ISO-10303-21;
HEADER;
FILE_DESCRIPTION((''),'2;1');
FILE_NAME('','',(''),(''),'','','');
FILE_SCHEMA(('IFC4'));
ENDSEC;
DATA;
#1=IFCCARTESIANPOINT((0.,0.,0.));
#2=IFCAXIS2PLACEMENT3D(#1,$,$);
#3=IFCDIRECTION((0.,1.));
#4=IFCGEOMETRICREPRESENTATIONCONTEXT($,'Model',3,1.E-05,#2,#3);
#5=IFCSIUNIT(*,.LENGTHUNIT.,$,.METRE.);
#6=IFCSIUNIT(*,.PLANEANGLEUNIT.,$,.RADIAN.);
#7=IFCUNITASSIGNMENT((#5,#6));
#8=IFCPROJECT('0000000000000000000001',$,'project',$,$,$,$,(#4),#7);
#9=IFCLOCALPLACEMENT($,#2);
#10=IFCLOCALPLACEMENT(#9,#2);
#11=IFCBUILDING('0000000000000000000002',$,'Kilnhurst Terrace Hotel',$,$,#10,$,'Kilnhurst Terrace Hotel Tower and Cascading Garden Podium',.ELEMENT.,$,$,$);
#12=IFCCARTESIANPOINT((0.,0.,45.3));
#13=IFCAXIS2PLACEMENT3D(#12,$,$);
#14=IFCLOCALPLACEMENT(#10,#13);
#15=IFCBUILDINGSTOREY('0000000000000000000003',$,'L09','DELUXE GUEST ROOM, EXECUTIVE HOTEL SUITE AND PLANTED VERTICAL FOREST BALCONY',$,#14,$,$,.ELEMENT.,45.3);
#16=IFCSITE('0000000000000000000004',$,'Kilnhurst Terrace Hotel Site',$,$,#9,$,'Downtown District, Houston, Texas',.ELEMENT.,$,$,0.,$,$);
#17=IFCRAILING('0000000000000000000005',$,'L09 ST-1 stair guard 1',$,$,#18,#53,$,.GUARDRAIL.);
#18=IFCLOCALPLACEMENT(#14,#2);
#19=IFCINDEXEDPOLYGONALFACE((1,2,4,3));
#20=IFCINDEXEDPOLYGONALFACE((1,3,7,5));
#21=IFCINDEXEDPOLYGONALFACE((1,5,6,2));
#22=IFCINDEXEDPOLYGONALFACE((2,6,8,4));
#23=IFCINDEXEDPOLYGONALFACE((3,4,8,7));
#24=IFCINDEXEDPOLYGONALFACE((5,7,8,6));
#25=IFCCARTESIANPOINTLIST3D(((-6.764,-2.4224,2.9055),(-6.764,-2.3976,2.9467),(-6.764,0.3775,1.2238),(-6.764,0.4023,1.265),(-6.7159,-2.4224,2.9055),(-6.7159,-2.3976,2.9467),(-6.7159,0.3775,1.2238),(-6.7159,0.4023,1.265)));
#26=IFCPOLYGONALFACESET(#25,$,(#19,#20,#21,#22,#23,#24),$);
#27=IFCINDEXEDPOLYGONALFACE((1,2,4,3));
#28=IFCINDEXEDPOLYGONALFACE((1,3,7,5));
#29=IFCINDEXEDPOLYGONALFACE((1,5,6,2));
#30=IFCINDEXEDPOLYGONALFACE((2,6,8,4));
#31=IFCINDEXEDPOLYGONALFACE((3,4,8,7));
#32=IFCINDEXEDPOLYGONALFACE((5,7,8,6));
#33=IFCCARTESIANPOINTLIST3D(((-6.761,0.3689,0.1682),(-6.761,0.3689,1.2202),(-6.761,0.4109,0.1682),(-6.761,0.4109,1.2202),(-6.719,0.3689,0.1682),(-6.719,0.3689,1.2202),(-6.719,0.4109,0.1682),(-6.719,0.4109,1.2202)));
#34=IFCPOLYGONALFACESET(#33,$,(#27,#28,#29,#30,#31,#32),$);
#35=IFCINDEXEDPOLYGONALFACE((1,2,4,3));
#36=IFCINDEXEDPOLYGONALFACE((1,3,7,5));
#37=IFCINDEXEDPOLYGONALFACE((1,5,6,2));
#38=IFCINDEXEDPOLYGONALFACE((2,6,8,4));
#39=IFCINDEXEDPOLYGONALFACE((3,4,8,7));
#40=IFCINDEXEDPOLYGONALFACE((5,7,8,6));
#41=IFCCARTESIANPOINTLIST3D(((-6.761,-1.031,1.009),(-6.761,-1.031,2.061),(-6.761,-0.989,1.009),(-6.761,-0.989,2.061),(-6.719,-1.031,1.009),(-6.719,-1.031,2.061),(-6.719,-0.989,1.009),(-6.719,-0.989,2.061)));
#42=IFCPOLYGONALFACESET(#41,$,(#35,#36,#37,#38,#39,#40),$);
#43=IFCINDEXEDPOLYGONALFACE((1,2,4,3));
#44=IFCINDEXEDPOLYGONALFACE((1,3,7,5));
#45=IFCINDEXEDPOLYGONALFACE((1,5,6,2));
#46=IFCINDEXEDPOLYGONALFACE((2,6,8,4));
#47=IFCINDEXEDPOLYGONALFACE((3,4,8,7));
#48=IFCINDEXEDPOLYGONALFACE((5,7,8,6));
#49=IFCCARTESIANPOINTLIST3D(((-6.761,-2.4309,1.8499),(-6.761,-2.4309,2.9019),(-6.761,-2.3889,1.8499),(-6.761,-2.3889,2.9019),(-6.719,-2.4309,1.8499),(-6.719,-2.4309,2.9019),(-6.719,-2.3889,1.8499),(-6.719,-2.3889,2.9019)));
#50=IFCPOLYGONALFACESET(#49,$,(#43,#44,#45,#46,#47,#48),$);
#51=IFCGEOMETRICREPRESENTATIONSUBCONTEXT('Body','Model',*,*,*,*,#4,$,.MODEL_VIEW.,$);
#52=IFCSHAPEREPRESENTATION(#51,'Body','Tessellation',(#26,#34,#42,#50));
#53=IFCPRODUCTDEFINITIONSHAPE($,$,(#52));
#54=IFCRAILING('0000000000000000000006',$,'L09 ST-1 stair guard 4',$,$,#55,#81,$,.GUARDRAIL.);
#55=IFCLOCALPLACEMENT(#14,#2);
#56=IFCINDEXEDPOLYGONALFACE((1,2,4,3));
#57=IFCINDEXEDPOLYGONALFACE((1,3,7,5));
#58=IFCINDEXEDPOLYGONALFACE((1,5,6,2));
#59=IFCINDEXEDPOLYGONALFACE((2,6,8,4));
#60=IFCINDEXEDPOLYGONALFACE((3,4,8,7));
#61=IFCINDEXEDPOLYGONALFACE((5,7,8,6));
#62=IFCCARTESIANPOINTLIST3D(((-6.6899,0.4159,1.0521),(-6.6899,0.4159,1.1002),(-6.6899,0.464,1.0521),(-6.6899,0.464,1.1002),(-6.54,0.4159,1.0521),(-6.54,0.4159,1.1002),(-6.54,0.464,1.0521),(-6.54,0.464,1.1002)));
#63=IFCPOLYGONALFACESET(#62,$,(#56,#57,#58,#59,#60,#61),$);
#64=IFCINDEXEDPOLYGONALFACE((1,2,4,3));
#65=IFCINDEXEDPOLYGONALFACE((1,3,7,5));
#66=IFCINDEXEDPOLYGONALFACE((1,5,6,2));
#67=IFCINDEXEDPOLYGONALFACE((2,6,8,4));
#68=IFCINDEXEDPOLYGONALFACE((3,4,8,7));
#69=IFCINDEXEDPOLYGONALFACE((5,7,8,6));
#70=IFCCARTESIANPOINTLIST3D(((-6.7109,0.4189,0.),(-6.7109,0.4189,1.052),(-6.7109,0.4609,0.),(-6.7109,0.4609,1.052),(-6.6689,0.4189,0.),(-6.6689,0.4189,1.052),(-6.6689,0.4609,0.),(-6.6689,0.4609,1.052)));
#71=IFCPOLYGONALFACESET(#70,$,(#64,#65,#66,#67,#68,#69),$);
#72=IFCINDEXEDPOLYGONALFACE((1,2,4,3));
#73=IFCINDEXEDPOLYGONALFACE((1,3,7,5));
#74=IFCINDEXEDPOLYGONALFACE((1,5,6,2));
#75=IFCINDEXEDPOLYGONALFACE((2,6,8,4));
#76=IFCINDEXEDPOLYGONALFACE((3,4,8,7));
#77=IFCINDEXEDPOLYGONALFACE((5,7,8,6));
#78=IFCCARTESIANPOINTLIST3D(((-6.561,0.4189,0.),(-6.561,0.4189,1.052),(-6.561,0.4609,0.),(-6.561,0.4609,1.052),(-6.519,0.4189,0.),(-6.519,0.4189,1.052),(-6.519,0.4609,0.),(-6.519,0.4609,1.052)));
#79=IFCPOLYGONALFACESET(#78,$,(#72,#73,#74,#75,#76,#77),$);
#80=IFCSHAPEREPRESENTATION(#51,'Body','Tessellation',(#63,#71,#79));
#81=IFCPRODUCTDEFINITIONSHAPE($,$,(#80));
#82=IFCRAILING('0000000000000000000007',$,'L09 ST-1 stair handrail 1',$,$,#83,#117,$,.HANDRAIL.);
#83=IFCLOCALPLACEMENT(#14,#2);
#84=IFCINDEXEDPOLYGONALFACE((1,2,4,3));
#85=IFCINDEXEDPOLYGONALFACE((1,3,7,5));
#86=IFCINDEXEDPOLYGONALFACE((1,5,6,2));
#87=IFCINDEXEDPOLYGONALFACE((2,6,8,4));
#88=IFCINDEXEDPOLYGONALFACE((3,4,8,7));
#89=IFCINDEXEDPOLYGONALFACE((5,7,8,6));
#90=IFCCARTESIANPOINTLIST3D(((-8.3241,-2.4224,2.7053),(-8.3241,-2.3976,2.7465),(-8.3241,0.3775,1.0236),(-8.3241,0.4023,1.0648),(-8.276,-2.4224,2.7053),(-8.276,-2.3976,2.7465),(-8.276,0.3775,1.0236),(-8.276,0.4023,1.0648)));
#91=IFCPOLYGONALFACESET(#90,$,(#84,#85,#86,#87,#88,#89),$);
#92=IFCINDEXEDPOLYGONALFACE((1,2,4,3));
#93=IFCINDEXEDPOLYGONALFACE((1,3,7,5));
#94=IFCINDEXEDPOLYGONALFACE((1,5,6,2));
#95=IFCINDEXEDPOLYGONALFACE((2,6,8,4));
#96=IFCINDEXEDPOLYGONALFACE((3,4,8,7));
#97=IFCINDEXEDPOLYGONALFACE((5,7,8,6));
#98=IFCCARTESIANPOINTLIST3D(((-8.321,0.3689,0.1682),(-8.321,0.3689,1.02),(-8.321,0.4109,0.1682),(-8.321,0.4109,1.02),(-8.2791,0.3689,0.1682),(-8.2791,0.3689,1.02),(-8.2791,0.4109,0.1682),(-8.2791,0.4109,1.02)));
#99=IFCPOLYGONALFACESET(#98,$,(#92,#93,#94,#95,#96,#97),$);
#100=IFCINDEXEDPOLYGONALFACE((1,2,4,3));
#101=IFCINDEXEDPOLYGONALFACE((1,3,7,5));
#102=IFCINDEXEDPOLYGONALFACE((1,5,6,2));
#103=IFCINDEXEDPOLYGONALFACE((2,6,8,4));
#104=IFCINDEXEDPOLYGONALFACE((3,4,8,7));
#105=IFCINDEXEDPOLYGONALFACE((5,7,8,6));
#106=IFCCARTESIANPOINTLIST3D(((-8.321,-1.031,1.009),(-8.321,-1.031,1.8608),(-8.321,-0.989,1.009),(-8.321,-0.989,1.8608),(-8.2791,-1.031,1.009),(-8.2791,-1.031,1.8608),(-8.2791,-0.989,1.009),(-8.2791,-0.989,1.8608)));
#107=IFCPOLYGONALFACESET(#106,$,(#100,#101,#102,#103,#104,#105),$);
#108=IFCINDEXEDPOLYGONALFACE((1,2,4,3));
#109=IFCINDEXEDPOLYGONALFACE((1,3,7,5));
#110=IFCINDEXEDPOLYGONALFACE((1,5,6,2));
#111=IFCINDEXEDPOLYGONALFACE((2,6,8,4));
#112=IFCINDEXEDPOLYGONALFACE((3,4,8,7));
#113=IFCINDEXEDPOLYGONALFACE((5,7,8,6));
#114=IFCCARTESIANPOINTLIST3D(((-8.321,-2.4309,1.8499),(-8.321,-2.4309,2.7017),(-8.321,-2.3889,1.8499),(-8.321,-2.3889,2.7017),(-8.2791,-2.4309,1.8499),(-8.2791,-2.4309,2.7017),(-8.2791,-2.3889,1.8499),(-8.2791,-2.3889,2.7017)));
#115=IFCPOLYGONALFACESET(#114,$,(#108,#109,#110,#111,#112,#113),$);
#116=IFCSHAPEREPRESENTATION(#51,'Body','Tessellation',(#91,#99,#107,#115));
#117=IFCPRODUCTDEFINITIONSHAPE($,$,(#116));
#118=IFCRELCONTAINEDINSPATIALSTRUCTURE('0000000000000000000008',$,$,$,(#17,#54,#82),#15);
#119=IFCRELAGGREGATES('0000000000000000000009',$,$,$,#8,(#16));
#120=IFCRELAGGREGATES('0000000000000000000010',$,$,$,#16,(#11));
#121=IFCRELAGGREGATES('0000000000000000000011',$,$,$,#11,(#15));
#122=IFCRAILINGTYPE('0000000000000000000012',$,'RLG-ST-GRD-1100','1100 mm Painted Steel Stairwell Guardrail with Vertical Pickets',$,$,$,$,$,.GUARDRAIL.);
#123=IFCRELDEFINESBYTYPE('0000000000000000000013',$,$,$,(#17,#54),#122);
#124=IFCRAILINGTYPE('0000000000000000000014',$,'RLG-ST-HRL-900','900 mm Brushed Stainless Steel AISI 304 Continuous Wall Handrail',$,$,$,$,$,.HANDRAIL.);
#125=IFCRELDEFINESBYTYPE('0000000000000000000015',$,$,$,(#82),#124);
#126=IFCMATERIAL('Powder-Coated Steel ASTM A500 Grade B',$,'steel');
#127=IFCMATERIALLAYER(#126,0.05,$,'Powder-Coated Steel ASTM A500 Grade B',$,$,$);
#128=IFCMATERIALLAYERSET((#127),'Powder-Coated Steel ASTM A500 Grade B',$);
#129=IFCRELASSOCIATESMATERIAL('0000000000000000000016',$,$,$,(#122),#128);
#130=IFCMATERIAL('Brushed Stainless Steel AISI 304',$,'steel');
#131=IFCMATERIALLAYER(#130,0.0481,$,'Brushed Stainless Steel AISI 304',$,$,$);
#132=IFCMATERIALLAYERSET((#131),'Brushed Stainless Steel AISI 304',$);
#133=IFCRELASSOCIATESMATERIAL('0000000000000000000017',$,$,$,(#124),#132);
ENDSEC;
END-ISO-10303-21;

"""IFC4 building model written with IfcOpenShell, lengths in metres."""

from ifc_helpers import new_model, si_unit, direction, frame, origin, origin_2d, place, context, subcontext, project, spatial, rectangle, extrude, material, layer, layer_set, type_object, element, save


model = new_model("IFC4")

# Units and contexts
model_context = context("Model", 3, precision=1e-05, world=origin(), true_north=direction((0.0, 1.0)))
body_context = subcontext(model_context, "Body", "Model", "MODEL_VIEW")
ifc_project = project(units=[si_unit("LENGTHUNIT", "METRE"), si_unit("PLANEANGLEUNIT", "RADIAN")], contexts=[model_context])

# Site, building, storey
site_placement = place(None, origin())
site = spatial("IfcSite", under=ifc_project, at=site_placement, Name="Kilnhurst Terrace Hotel Site", LongName="Downtown District, Houston, Texas", CompositionType="ELEMENT", RefElevation=0.0)
building_placement = place(site_placement, origin())
building = spatial("IfcBuilding", under=site, at=building_placement, Name="Kilnhurst Terrace Hotel", LongName="Kilnhurst Terrace Hotel Tower and Cascading Garden Podium", CompositionType="ELEMENT")
storey_placement = place(building_placement, frame((0.0, 0.0, 45.3)))
storey = spatial("IfcBuildingStorey", under=building, at=storey_placement, Name="L09", Description="DELUXE GUEST ROOM, EXECUTIVE HOTEL SUITE AND PLANTED VERTICAL FOREST BALCONY", CompositionType="ELEMENT", Elevation=45.3)

# Railings
ifc_material_1 = material(Name="Powder-Coated Steel ASTM A500 Grade B", Category="steel")
ifc_layer_1 = layer(ifc_material_1, 0.05, Name="Powder-Coated Steel ASTM A500 Grade B")
ifc_layer_set_1 = layer_set([ifc_layer_1], Name="Powder-Coated Steel ASTM A500 Grade B")
railing_type_1 = type_object("IfcRailingType", Name="RLG-ST-GRD-1100", Description="1100 mm Painted Steel Stairwell Guardrail with Vertical Pickets", PredefinedType="GUARDRAIL", material=ifc_layer_set_1)
railing_1_placement = place(storey_placement, frame((-6.74, 0.3899, 0.1682)))
element("IfcRailing", 1, at=railing_1_placement, inside=storey, type_object=railing_type_1, Name="L09 ST-1 stair guard 1", PredefinedType="GUARDRAIL", context=body_context, shape_type="SweptSolid", body=[
    extrude(rectangle(XDim=0.0481, YDim=0.0481, at=origin_2d()), frame((0.0, 0.0, 1.0762), z_axis=(0.0, -0.857255, 0.514891), x_axis=(1.0, 0.0, 0.0)), (0.0, 0.0, 1.0), 3.2661),
    extrude(rectangle(XDim=0.042, YDim=0.042, at=origin_2d()), origin(), (0.0, 0.0, 1.0), 1.052),
    extrude(rectangle(XDim=0.042, YDim=0.042, at=origin_2d()), frame((0.0, -1.3999, 0.8408)), (0.0, 0.0, 1.0), 1.052),
    extrude(rectangle(XDim=0.042, YDim=0.042, at=origin_2d()), frame((0.0, -2.7998, 1.6816)), (0.0, 0.0, 1.0), 1.052),
])
railing_2_placement = place(storey_placement, frame((-6.6899, 0.4399, 0.0)))
element("IfcRailing", 2, at=railing_2_placement, inside=storey, type_object=railing_type_1, Name="L09 ST-1 stair guard 4", PredefinedType="GUARDRAIL", context=body_context, shape_type="SweptSolid", body=[
    extrude(rectangle(XDim=0.0481, YDim=0.0481, at=origin_2d()), frame((0.0, 0.0, 1.0762), z_axis=(1.0, 0.0, 0.0), x_axis=(0.0, 1.0, 0.0)), (0.0, 0.0, 1.0), 0.1499),
    extrude(rectangle(XDim=0.042, YDim=0.042, at=origin_2d()), origin(), (0.0, 0.0, 1.0), 1.052),
    extrude(rectangle(XDim=0.042, YDim=0.042, at=origin_2d()), frame((0.1499, 0.0, 0.0)), (0.0, 0.0, 1.0), 1.052),
])
ifc_material_2 = material(Name="Brushed Stainless Steel AISI 304", Category="steel")
ifc_layer_2 = layer(ifc_material_2, 0.0481, Name="Brushed Stainless Steel AISI 304")
ifc_layer_set_2 = layer_set([ifc_layer_2], Name="Brushed Stainless Steel AISI 304")
railing_type_2 = type_object("IfcRailingType", Name="RLG-ST-HRL-900", Description="900 mm Brushed Stainless Steel AISI 304 Continuous Wall Handrail", PredefinedType="HANDRAIL", material=ifc_layer_set_2)
railing_3_placement = place(storey_placement, frame((-8.3, 0.3899, 0.1682)))
element("IfcRailing", 3, at=railing_3_placement, inside=storey, type_object=railing_type_2, Name="L09 ST-1 stair handrail 1", PredefinedType="HANDRAIL", context=body_context, shape_type="SweptSolid", body=[
    extrude(rectangle(XDim=0.0481, YDim=0.0481, at=origin_2d()), frame((0.0, 0.0, 0.876), z_axis=(0.0, -0.857255, 0.514891), x_axis=(1.0, 0.0, 0.0)), (0.0, 0.0, 1.0), 3.2661),
    extrude(rectangle(XDim=0.042, YDim=0.042, at=origin_2d()), origin(), (0.0, 0.0, 1.0), 0.8518),
    extrude(rectangle(XDim=0.042, YDim=0.042, at=origin_2d()), frame((0.0, -1.3999, 0.8408)), (0.0, 0.0, 1.0), 0.8518),
    extrude(rectangle(XDim=0.042, YDim=0.042, at=origin_2d()), frame((0.0, -2.7998, 1.6816)), (0.0, 0.0, 1.0), 0.8518),
])

save(model, "model.ifc")
